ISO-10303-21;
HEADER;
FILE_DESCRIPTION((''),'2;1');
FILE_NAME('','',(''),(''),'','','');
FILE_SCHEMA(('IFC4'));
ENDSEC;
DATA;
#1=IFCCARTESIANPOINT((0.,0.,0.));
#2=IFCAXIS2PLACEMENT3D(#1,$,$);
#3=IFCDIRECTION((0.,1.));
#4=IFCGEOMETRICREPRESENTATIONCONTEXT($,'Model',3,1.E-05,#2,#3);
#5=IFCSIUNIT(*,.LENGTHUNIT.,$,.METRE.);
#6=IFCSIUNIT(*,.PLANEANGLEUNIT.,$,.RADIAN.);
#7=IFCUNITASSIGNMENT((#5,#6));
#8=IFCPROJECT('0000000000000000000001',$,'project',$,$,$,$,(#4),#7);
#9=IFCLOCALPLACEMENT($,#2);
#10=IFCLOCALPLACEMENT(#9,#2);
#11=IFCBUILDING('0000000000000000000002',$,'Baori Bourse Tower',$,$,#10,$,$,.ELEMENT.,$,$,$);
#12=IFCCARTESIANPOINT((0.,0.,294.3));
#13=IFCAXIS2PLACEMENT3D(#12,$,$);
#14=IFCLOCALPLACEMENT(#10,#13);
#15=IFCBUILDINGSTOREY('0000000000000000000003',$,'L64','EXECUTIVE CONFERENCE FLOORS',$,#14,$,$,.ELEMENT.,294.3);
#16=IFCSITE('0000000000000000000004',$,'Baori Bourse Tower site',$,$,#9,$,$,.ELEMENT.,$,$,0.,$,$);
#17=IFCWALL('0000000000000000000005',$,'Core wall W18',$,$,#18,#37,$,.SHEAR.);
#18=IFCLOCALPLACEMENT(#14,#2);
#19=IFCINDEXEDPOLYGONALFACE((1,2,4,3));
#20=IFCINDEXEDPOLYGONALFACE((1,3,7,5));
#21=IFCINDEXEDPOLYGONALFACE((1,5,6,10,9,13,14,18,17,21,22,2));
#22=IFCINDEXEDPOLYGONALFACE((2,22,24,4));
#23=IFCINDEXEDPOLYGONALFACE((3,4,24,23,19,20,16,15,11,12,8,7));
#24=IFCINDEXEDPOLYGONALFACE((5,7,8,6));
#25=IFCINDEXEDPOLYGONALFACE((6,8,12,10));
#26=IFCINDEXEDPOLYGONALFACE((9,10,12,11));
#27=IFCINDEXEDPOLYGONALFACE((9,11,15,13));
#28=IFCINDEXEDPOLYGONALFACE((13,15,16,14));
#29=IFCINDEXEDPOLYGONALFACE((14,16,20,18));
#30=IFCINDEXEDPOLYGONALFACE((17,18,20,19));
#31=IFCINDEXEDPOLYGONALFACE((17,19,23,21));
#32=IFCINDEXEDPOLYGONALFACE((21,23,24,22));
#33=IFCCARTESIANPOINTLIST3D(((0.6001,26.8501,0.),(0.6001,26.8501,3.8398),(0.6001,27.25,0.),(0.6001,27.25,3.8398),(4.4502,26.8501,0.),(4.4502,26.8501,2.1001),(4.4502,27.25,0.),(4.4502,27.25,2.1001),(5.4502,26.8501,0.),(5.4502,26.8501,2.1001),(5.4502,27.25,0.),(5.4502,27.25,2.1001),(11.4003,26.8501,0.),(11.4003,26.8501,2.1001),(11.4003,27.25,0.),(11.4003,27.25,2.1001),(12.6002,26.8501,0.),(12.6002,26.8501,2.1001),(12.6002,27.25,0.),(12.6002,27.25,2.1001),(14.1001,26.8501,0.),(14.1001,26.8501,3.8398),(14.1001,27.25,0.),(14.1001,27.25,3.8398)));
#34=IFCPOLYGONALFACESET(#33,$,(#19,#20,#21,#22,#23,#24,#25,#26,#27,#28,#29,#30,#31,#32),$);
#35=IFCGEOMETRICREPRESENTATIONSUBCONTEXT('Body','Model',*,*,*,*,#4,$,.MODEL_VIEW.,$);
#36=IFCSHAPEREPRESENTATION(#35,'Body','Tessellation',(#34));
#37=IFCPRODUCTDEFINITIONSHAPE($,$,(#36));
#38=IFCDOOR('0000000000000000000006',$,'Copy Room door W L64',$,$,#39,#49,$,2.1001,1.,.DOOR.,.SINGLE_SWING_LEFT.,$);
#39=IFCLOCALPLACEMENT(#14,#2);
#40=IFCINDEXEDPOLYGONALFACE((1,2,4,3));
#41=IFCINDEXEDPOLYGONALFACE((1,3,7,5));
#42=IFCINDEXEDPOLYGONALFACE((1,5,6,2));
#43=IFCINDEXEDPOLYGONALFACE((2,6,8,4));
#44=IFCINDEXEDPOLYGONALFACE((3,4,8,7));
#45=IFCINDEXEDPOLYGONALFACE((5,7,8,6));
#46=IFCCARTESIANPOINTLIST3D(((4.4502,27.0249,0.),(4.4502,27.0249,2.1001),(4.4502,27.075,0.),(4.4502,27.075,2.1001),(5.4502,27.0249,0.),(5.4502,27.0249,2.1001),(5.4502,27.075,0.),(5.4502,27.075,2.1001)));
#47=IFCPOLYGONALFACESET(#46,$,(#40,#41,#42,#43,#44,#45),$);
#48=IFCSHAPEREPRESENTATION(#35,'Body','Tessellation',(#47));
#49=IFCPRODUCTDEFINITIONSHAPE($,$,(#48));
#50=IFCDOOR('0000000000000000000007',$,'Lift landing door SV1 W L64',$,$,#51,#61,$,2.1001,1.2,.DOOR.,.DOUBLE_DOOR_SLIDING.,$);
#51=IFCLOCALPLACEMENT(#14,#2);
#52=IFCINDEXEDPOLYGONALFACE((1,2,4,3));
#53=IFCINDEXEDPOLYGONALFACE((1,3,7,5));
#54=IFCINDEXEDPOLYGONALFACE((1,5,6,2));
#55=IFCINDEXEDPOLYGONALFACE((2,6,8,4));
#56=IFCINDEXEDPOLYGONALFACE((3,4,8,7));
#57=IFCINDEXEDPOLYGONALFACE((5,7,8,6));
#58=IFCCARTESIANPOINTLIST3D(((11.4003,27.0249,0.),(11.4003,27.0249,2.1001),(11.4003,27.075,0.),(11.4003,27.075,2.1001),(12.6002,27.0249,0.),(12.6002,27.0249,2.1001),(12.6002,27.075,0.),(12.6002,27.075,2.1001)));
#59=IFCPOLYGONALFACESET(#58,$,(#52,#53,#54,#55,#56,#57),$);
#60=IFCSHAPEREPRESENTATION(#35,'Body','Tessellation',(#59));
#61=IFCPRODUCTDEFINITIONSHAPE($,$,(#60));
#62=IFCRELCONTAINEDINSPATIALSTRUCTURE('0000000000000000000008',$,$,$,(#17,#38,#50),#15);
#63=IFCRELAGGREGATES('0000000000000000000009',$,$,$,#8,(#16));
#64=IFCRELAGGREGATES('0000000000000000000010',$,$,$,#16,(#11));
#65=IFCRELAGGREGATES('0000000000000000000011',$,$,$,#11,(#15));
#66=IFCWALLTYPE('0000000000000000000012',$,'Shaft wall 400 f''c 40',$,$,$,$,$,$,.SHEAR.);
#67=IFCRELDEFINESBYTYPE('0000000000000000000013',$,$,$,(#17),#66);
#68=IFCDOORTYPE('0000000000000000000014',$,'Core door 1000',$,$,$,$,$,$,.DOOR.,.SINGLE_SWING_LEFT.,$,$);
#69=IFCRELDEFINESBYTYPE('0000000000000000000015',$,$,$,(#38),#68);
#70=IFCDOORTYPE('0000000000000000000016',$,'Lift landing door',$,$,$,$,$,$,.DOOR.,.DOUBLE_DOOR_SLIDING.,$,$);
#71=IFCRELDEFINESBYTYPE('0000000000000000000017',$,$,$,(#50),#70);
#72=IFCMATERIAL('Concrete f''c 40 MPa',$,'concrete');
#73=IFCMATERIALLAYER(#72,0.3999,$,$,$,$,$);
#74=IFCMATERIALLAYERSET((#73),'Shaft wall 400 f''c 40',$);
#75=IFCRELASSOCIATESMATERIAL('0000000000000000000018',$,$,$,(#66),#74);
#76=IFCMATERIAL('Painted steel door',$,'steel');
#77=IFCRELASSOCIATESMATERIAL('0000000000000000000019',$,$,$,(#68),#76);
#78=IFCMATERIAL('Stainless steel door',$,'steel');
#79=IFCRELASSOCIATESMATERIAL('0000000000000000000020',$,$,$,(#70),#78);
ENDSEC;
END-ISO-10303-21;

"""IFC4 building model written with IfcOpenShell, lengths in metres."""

from ifc_helpers import new_model, si_unit, direction, frame, frame_2d, origin, place, context, subcontext, project, spatial, rectangle, extrude, material, layer, layer_set, type_object, element, fill, save


model = new_model("IFC4")

# Units and contexts
model_context = context("Model", 3, precision=1e-05, world=origin(), true_north=direction((0.0, 1.0)))
body_context = subcontext(model_context, "Body", "Model", "MODEL_VIEW")
ifc_project = project(units=[si_unit("LENGTHUNIT", "METRE"), si_unit("PLANEANGLEUNIT", "RADIAN")], contexts=[model_context])

# Site, building, storey
site_placement = place(None, origin())
site = spatial("IfcSite", under=ifc_project, at=site_placement, Name="Baori Bourse Tower site", CompositionType="ELEMENT", RefElevation=0.0)
building_placement = place(site_placement, origin())
building = spatial("IfcBuilding", under=site, at=building_placement, Name="Baori Bourse Tower", CompositionType="ELEMENT")
storey_placement = place(building_placement, frame((0.0, 0.0, 294.3)))
storey = spatial("IfcBuildingStorey", under=building, at=storey_placement, Name="L64", Description="EXECUTIVE CONFERENCE FLOORS", CompositionType="ELEMENT", Elevation=294.3)

# Wall, openings, doors
ifc_material_1 = material(Name="Concrete f'c 40 MPa", Category="concrete")
ifc_layer_1 = layer(ifc_material_1, 0.3999)
ifc_layer_set_1 = layer_set([ifc_layer_1], Name="Shaft wall 400 f'c 40")
wall_type_1 = type_object("IfcWallType", Name="Shaft wall 400 f'c 40", PredefinedType="SHEAR", material=ifc_layer_set_1)
wall_1_placement = place(storey_placement, frame((0.6001, 27.05, 0.0), z_axis=(0.0, 0.0, 1.0), x_axis=(1.0, 0.0, 0.0)))
wall_1 = element("IfcWall", 1, at=wall_1_placement, inside=storey, type_object=wall_type_1, Name="Core wall W18", PredefinedType="SHEAR", context=body_context, shape_type="SweptSolid", body=[
    extrude(rectangle(XDim=13.5, YDim=0.3999, at=frame_2d((6.75, 0.0))), origin(), (0.0, 0.0, 1.0), 3.8398),
])
opening_1_placement = place(wall_1_placement, frame((3.8501, 0.0, 0.0)))
opening_1 = element("IfcOpeningElement", 2, at=opening_1_placement, cuts=wall_1, PredefinedType="OPENING", context=body_context, shape_type="SweptSolid", body=[
    extrude(rectangle(XDim=1.0, YDim=2.1001, at=frame_2d((0.5, 1.05))), frame((0.0, 0.21, 0.0), z_axis=(0.0, -1.0, 0.0), x_axis=(1.0, 0.0, 0.0)), (0.0, 0.0, 1.0), 0.4199),
])
opening_2_placement = place(wall_1_placement, frame((10.8, 0.0, 0.0)))
opening_2 = element("IfcOpeningElement", 3, at=opening_2_placement, cuts=wall_1, PredefinedType="OPENING", context=body_context, shape_type="SweptSolid", body=[
    extrude(rectangle(XDim=1.2, YDim=2.1001, at=frame_2d((0.6001, 1.05))), frame((0.0, 0.21, 0.0), z_axis=(0.0, -1.0, 0.0), x_axis=(1.0, 0.0, 0.0)), (0.0, 0.0, 1.0), 0.4199),
])
ifc_material_2 = material(Name="Painted steel door", Category="steel")
door_type_1 = type_object("IfcDoorType", Name="Core door 1000", OperationType="SINGLE_SWING_LEFT", PredefinedType="DOOR", material=ifc_material_2)
door_1_placement = place(opening_1_placement, origin())
door_1 = element("IfcDoor", 4, at=door_1_placement, inside=storey, type_object=door_type_1, Name="Copy Room door W L64", OperationType="SINGLE_SWING_LEFT", OverallHeight=2.1001, OverallWidth=1.0, PredefinedType="DOOR", context=body_context, shape_type="SweptSolid", body=[
    extrude(rectangle(XDim=1.0, YDim=2.1001, at=frame_2d((0.5, 1.05))), frame((0.0, 0.0249, 0.0), z_axis=(0.0, -1.0, 0.0), x_axis=(1.0, 0.0, 0.0)), (0.0, 0.0, 1.0), 0.05),
])
fill(opening_1, door_1)
ifc_material_3 = material(Name="Stainless steel door", Category="steel")
door_type_2 = type_object("IfcDoorType", Name="Lift landing door", OperationType="DOUBLE_DOOR_SLIDING", PredefinedType="DOOR", material=ifc_material_3)
door_2_placement = place(opening_2_placement, origin())
door_2 = element("IfcDoor", 5, at=door_2_placement, inside=storey, type_object=door_type_2, Name="Lift landing door SV1 W L64", OperationType="DOUBLE_DOOR_SLIDING", OverallHeight=2.1001, OverallWidth=1.2, PredefinedType="DOOR", context=body_context, shape_type="SweptSolid", body=[
    extrude(rectangle(XDim=1.2, YDim=2.1001, at=frame_2d((0.6001, 1.05))), frame((0.0, 0.0249, 0.0), z_axis=(0.0, -1.0, 0.0), x_axis=(1.0, 0.0, 0.0)), (0.0, 0.0, 1.0), 0.05),
])
fill(opening_2, door_2)

save(model, "model.ifc")
